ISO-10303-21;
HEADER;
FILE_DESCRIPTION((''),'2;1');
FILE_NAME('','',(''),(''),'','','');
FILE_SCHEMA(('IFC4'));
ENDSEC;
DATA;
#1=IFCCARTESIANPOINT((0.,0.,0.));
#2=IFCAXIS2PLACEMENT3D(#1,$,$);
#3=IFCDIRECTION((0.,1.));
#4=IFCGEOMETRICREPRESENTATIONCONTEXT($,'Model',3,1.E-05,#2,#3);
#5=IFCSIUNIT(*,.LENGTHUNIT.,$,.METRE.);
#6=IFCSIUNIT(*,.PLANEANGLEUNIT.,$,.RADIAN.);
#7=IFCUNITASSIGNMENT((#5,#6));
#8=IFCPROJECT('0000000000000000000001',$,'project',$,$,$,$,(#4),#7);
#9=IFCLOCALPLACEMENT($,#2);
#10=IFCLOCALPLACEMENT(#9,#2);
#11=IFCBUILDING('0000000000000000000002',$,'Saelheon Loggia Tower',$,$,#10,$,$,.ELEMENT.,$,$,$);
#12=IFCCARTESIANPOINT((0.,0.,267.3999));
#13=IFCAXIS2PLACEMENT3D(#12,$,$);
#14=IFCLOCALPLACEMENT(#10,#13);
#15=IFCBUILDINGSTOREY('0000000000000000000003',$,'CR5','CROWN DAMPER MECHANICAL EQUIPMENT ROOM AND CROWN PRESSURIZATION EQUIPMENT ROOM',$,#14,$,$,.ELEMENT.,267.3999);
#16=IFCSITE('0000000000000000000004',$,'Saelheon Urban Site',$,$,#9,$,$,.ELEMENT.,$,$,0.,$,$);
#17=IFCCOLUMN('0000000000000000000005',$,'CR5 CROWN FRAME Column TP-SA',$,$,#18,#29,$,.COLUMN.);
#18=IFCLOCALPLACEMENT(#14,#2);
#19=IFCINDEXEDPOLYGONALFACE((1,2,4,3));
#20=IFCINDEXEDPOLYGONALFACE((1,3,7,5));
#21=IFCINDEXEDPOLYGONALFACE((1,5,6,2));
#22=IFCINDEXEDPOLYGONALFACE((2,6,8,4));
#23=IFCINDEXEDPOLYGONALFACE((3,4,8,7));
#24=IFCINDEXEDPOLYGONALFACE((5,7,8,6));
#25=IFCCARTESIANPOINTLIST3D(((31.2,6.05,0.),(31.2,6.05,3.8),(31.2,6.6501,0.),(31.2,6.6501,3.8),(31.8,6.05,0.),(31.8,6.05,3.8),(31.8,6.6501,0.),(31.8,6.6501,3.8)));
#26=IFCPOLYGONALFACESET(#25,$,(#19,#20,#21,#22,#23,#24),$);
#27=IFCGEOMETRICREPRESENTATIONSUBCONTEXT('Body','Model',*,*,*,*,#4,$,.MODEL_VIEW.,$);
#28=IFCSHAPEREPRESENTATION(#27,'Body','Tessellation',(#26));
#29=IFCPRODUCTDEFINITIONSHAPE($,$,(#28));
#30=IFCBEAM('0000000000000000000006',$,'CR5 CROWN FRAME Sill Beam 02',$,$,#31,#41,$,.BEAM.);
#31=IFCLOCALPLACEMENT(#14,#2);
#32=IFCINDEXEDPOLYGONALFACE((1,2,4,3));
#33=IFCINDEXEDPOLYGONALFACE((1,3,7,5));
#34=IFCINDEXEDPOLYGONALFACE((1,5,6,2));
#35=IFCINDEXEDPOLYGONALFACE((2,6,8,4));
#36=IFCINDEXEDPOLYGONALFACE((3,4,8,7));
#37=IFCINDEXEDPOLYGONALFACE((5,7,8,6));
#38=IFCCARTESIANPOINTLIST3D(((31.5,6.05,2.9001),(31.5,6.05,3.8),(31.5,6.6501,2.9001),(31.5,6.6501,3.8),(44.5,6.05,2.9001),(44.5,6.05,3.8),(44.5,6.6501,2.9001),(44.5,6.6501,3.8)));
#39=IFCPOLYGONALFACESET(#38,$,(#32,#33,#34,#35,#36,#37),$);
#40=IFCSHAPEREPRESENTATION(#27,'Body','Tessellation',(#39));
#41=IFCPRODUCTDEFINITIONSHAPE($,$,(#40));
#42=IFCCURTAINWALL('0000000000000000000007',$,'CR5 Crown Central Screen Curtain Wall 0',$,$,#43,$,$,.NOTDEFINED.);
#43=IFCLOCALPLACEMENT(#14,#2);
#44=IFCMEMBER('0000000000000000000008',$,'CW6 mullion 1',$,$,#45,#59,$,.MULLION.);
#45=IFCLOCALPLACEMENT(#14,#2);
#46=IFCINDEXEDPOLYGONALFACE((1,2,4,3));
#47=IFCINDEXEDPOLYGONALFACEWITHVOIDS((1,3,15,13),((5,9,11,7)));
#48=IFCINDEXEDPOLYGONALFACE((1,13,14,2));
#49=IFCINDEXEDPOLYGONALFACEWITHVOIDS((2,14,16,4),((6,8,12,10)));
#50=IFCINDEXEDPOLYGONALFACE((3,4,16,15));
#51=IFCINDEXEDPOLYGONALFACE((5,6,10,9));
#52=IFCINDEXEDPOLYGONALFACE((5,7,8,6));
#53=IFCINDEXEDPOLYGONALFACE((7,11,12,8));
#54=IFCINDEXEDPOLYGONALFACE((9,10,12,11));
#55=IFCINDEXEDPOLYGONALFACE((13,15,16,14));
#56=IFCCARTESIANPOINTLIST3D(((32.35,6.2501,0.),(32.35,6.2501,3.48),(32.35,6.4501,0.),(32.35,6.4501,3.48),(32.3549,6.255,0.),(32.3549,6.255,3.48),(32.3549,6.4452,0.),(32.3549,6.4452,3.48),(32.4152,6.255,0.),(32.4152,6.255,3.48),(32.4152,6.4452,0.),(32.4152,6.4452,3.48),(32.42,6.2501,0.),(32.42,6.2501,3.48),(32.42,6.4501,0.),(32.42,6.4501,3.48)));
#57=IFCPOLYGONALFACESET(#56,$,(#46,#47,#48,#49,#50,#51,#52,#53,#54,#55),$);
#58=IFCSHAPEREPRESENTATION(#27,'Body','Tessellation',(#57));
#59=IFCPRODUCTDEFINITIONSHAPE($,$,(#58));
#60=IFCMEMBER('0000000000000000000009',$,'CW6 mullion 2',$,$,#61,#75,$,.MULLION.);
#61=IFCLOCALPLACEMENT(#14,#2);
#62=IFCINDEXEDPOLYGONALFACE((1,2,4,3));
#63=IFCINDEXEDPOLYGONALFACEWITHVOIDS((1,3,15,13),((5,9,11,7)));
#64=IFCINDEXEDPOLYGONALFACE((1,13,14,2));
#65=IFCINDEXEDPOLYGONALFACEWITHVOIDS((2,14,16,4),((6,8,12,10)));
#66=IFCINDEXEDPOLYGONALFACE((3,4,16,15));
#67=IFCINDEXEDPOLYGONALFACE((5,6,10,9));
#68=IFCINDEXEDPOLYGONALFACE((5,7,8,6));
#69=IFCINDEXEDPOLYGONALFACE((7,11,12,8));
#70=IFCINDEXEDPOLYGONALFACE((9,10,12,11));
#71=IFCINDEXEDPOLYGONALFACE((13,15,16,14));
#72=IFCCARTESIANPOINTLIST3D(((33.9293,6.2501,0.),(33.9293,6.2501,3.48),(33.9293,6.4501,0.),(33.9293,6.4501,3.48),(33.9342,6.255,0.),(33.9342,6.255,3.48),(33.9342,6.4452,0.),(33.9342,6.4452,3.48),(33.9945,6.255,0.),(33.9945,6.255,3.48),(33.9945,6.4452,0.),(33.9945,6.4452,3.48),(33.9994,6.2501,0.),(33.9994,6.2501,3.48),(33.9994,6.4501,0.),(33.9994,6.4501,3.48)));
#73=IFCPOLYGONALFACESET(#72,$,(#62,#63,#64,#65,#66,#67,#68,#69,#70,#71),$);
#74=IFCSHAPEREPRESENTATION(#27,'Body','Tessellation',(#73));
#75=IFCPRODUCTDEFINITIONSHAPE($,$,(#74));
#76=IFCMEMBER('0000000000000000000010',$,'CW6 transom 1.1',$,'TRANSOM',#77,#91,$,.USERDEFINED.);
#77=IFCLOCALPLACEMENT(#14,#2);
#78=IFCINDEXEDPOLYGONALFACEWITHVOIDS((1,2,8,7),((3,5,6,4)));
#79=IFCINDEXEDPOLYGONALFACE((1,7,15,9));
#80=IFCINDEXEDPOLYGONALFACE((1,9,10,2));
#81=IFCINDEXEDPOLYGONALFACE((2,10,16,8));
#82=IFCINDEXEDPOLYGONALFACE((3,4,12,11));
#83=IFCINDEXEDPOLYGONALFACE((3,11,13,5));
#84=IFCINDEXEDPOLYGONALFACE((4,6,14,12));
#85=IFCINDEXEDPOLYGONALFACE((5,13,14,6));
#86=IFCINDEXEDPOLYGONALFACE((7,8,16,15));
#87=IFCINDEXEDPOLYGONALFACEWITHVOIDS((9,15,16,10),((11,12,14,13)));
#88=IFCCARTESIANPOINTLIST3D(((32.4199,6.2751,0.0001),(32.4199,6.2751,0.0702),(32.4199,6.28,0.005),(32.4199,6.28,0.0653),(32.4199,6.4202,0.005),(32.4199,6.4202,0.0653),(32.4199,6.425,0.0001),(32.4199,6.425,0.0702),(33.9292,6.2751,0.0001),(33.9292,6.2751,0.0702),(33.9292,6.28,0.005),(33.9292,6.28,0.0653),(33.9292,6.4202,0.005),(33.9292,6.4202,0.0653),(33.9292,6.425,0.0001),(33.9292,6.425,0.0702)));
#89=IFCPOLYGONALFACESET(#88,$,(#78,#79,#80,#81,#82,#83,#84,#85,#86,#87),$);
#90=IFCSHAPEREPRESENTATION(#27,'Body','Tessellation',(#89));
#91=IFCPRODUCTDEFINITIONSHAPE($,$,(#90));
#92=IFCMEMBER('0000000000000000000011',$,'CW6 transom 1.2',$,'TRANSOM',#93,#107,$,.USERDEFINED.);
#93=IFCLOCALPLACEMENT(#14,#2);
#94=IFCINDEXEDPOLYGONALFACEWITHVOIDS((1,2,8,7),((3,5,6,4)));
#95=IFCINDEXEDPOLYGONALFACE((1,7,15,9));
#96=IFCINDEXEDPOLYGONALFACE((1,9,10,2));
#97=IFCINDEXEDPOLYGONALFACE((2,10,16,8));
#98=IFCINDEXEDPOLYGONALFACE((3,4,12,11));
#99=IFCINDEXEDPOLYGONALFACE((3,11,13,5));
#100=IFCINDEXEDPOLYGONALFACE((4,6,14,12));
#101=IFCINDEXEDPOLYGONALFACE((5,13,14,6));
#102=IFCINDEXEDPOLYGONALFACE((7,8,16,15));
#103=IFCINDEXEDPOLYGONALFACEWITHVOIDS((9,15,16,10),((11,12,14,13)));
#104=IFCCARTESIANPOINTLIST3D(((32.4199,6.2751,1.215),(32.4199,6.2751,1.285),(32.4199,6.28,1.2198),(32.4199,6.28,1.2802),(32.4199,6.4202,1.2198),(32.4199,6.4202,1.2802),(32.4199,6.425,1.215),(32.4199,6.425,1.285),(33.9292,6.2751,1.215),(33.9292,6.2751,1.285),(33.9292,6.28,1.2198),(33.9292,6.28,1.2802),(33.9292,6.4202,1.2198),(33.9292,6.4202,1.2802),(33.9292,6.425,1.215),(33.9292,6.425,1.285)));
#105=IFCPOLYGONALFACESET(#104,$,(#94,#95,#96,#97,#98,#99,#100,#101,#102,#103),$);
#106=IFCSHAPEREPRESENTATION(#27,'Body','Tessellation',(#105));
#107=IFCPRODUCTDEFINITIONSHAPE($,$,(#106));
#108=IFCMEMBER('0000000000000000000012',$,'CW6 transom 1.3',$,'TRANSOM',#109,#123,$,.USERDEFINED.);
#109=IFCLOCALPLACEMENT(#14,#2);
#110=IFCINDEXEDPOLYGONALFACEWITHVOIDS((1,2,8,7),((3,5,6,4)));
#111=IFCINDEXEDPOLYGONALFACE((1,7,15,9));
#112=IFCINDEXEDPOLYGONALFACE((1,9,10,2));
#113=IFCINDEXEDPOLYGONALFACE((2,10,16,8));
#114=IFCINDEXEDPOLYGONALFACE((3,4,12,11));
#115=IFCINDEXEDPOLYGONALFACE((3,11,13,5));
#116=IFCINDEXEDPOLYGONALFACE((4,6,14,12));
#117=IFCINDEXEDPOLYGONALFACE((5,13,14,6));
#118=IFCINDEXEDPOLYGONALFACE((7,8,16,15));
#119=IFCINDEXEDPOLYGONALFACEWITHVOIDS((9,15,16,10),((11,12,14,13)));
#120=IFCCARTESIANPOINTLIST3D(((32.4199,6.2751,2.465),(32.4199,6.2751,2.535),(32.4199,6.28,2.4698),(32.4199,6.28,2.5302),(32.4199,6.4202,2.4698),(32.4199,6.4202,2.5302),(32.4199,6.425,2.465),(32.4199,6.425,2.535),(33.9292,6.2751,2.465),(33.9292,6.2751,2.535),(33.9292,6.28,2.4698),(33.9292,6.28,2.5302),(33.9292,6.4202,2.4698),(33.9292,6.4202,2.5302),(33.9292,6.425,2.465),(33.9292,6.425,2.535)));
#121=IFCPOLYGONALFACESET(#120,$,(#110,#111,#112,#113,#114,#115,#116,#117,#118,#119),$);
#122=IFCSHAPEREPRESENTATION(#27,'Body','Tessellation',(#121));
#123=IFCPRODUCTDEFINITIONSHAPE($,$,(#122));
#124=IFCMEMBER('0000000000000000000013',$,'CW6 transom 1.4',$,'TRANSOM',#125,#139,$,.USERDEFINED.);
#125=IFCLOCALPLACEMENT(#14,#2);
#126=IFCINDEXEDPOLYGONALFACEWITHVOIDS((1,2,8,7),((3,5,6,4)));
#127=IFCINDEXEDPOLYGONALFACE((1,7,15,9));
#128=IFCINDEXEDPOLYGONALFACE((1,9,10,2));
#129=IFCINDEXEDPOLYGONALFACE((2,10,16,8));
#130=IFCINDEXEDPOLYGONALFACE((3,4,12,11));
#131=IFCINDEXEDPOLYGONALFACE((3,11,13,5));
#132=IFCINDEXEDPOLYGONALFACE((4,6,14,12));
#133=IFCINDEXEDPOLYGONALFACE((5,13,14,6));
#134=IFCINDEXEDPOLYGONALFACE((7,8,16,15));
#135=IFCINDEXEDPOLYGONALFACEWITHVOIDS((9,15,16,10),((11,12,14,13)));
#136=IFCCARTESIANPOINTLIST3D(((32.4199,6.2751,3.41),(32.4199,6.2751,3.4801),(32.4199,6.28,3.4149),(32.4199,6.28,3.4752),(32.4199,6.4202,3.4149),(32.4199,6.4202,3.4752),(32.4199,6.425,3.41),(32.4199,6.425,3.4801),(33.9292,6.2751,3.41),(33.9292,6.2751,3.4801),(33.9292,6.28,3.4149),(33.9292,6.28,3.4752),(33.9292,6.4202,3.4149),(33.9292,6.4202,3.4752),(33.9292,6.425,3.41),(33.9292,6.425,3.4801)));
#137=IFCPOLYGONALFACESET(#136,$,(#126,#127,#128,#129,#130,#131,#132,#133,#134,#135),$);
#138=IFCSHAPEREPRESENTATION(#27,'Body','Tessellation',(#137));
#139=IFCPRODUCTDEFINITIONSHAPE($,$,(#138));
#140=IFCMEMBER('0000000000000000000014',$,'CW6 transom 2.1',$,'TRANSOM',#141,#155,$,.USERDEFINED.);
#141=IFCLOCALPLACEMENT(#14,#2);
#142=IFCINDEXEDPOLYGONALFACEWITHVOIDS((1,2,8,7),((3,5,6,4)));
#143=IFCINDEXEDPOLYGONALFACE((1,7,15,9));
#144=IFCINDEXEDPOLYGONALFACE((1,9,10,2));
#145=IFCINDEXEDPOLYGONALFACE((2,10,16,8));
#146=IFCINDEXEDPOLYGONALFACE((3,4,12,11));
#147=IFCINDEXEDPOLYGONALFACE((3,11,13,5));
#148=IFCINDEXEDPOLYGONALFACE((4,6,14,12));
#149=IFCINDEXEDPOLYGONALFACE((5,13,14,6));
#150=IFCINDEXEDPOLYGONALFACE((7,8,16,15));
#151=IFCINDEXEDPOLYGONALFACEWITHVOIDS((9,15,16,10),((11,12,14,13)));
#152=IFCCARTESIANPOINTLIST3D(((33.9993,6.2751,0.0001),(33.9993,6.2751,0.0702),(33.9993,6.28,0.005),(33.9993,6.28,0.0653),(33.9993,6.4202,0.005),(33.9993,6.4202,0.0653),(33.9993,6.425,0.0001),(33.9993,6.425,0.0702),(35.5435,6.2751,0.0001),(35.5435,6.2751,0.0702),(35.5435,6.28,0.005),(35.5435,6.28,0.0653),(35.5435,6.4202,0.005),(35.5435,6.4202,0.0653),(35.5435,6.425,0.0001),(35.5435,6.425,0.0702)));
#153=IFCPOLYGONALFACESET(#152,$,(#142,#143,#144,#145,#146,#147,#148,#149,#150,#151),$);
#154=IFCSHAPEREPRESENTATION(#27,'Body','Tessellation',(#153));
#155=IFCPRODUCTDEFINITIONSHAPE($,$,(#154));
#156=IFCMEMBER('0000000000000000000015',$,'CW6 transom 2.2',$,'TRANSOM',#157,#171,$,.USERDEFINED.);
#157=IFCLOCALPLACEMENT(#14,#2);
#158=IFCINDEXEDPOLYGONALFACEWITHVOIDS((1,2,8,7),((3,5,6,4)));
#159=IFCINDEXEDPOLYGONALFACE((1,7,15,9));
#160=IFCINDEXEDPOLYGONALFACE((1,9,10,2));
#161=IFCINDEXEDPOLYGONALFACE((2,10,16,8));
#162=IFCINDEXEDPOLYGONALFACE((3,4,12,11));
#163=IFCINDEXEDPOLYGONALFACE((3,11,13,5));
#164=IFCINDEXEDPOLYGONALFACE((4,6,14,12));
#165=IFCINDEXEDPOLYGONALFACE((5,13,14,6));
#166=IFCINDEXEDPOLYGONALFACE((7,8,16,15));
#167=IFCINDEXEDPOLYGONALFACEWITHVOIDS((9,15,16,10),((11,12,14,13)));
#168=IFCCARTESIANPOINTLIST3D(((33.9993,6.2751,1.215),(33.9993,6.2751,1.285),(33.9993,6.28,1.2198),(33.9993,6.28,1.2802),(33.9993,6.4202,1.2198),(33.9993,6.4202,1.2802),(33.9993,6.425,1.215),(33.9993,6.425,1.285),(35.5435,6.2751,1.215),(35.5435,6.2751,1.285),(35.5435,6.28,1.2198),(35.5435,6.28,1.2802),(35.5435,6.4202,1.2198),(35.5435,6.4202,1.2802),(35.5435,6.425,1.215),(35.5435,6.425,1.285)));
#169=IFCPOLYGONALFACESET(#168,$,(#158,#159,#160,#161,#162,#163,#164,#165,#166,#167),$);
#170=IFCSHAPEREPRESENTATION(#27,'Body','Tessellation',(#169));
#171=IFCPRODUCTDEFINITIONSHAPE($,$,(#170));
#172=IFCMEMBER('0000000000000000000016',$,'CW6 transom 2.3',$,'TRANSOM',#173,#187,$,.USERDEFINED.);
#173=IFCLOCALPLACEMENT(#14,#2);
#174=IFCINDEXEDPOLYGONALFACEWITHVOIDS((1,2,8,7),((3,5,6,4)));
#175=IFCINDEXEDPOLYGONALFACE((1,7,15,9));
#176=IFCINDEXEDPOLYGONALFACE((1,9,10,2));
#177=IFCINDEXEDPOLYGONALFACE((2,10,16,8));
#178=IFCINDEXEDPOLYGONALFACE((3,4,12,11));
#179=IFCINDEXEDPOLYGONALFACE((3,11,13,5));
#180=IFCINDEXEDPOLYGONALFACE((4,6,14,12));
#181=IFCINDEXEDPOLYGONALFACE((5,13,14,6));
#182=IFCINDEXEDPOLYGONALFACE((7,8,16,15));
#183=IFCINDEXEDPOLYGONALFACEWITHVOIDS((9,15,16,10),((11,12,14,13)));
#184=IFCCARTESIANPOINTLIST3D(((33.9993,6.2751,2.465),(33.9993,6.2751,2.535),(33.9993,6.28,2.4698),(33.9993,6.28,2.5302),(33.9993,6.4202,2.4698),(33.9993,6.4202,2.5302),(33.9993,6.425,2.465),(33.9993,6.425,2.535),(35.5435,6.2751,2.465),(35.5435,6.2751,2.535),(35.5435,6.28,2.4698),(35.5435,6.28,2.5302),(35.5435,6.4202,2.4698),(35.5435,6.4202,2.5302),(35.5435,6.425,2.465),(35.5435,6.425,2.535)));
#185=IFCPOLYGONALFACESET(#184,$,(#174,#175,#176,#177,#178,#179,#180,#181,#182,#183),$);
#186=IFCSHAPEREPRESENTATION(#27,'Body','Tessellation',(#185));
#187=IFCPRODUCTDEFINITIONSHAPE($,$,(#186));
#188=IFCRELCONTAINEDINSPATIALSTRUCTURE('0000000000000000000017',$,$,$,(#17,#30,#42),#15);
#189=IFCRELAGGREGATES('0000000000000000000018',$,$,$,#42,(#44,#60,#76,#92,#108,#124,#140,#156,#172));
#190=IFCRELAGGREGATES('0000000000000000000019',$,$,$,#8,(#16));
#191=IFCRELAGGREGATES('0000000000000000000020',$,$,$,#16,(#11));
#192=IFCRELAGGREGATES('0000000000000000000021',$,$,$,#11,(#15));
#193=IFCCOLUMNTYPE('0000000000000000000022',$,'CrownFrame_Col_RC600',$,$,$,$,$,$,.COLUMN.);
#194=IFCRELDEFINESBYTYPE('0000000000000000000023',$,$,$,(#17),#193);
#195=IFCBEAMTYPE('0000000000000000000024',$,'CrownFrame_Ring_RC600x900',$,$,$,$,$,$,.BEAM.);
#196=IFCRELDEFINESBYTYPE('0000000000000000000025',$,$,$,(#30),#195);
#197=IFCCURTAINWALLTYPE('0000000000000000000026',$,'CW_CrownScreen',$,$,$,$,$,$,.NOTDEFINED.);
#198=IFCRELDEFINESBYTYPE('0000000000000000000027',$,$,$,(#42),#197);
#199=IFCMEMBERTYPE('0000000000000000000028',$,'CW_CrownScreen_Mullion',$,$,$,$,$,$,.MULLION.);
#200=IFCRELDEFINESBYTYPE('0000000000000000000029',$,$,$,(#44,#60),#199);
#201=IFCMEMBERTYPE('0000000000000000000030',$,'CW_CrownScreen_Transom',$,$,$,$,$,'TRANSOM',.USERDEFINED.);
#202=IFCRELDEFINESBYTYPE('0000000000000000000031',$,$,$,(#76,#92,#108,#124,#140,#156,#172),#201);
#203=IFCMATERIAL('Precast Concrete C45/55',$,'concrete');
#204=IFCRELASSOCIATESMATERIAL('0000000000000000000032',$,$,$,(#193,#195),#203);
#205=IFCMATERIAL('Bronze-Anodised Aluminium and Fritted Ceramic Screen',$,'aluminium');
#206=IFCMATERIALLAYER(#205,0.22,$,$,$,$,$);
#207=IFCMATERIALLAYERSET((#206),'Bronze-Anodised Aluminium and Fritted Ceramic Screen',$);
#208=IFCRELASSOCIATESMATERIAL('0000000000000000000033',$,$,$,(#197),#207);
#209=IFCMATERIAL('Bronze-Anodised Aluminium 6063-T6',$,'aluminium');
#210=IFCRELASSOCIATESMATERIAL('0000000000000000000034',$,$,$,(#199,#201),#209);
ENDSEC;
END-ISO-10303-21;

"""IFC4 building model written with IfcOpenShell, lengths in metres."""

from ifc_helpers import new_model, si_unit, direction, frame, origin, origin_2d, place, context, subcontext, project, spatial, rectangle, hollow_rectangle, extrude, source, transform, mapped, material, layer, layer_set, material_profile, profile_set, type_object, element, aggregate, save


model = new_model("IFC4")

# Units and contexts
model_context = context("Model", 3, precision=1e-05, world=origin(), true_north=direction((0.0, 1.0)))
body_context = subcontext(model_context, "Body", "Model", "MODEL_VIEW")
ifc_project = project(units=[si_unit("LENGTHUNIT", "METRE"), si_unit("PLANEANGLEUNIT", "RADIAN")], contexts=[model_context])

# Site, building, storey
site_placement = place(None, origin())
site = spatial("IfcSite", under=ifc_project, at=site_placement, Name="Saelheon Urban Site", CompositionType="ELEMENT", RefElevation=0.0)
building_placement = place(site_placement, origin())
building = spatial("IfcBuilding", under=site, at=building_placement, Name="Saelheon Loggia Tower", CompositionType="ELEMENT")
storey_placement = place(building_placement, frame((0.0, 0.0, 267.3999)))
storey = spatial("IfcBuildingStorey", under=building, at=storey_placement, Name="CR5", Description="CROWN DAMPER MECHANICAL EQUIPMENT ROOM AND CROWN PRESSURIZATION EQUIPMENT ROOM", CompositionType="ELEMENT", Elevation=267.3999)

# Column
ifc_material_1 = material(Name="Precast Concrete C45/55", Category="concrete")
ifc_material_profile_1 = material_profile(ifc_material_1, rectangle(XDim=0.6001, YDim=0.6001, at=origin_2d()), Name="RC-600x600")
ifc_profile_set_1 = profile_set([ifc_material_profile_1], Name="Precast Concrete C45/55")
column_type = type_object("IfcColumnType", Name="CrownFrame_Col_RC600", PredefinedType="COLUMN", material=ifc_profile_set_1)
shared_shape_1 = source(origin(), body_context, "Body", "SweptSolid", [
    extrude(rectangle(XDim=0.6001, YDim=0.6001, at=origin_2d()), origin(), (0.0, 0.0, 1.0), 3.8),
])
column_placement = place(storey_placement, frame((31.5, 6.3501, 0.0), z_axis=(0.0, 0.0, 1.0), x_axis=(1.0, 0.0, 0.0)))
element("IfcColumn", 1, at=column_placement, inside=storey, type_object=column_type, Name="CR5 CROWN FRAME Column TP-SA", PredefinedType="COLUMN", context=body_context, shape_type="MappedRepresentation", body=[
    mapped(shared_shape_1, transform((0.0, 0.0, 0.0), scale=1.0)),
])

# Beam
ifc_material_profile_2 = material_profile(ifc_material_1, rectangle(XDim=0.6001, YDim=0.8999, at=origin_2d()), Name="RC-600x900")
ifc_profile_set_2 = profile_set([ifc_material_profile_2], Name="Precast Concrete C45/55")
beam_type = type_object("IfcBeamType", Name="CrownFrame_Ring_RC600x900", PredefinedType="BEAM", material=ifc_profile_set_2)
shared_shape_2 = source(origin(), body_context, "Body", "SweptSolid", [
    extrude(rectangle(XDim=0.6001, YDim=0.8999, at=origin_2d()), origin(), (0.0, 0.0, 1.0), 13.0),
])
beam_placement = place(storey_placement, frame((31.5, 6.3501, 3.3501), z_axis=(1.0, 0.0, 0.0), x_axis=(0.0, 1.0, 0.0)))
element("IfcBeam", 2, at=beam_placement, inside=storey, type_object=beam_type, Name="CR5 CROWN FRAME Sill Beam 02", PredefinedType="BEAM", context=body_context, shape_type="MappedRepresentation", body=[
    mapped(shared_shape_2, transform((0.0, 0.0, 0.0), scale=1.0)),
])

# Curtain wall, members
ifc_material_2 = material(Name="Bronze-Anodised Aluminium and Fritted Ceramic Screen", Category="aluminium")
ifc_layer_1 = layer(ifc_material_2, 0.22)
ifc_layer_set_1 = layer_set([ifc_layer_1], Name="Bronze-Anodised Aluminium and Fritted Ceramic Screen")
curtain_wall_type = type_object("IfcCurtainWallType", Name="CW_CrownScreen", PredefinedType="NOTDEFINED", material=ifc_layer_set_1)
curtain_wall_placement = place(storey_placement, origin())
curtain_wall = element("IfcCurtainWall", 3, at=curtain_wall_placement, inside=storey, type_object=curtain_wall_type, Name="CR5 Crown Central Screen Curtain Wall 0", PredefinedType="NOTDEFINED")
ifc_material_3 = material(Name="Bronze-Anodised Aluminium 6063-T6", Category="aluminium")
ifc_material_profile_3 = material_profile(ifc_material_3, hollow_rectangle(XDim=0.0701, YDim=0.2, WallThickness=0.0049, at=origin_2d()), Name="RHS-200x70x5")
ifc_profile_set_3 = profile_set([ifc_material_profile_3], Name="Bronze-Anodised Aluminium 6063-T6")
member_type_1 = type_object("IfcMemberType", Name="CW_CrownScreen_Mullion", PredefinedType="MULLION", material=ifc_profile_set_3)
shared_shape_3 = source(origin(), body_context, "Body", "SweptSolid", [
    extrude(hollow_rectangle(XDim=0.0701, YDim=0.2, WallThickness=0.0049, at=origin_2d()), origin(), (0.0, 0.0, 1.0), 3.48),
])
member_1_placement = place(storey_placement, frame((32.385, 6.3501, 0.0), z_axis=(0.0, 0.0, 1.0), x_axis=(1.0, 0.0, 0.0)))
member_1 = element("IfcMember", 4, at=member_1_placement, type_object=member_type_1, Name="CW6 mullion 1", PredefinedType="MULLION", context=body_context, shape_type="MappedRepresentation", body=[
    mapped(shared_shape_3, transform((0.0, 0.0, 0.0), scale=1.0)),
])
member_2_placement = place(storey_placement, frame((33.9644, 6.3501, 0.0), z_axis=(0.0, 0.0, 1.0), x_axis=(1.0, 0.0, 0.0)))
member_2 = element("IfcMember", 5, at=member_2_placement, type_object=member_type_1, Name="CW6 mullion 2", PredefinedType="MULLION", context=body_context, shape_type="MappedRepresentation", body=[
    mapped(shared_shape_3, transform((0.0, 0.0, 0.0), scale=1.0)),
])
ifc_material_profile_4 = material_profile(ifc_material_3, hollow_rectangle(XDim=0.0701, YDim=0.1499, WallThickness=0.0049, at=origin_2d()), Name="RHS-150x70x5")
ifc_profile_set_4 = profile_set([ifc_material_profile_4], Name="Bronze-Anodised Aluminium 6063-T6")
member_type_2 = type_object("IfcMemberType", Name="CW_CrownScreen_Transom", ElementType="TRANSOM", PredefinedType="USERDEFINED", material=ifc_profile_set_4)
shared_shape_4 = source(origin(), body_context, "Body", "SweptSolid", [
    extrude(hollow_rectangle(XDim=0.0701, YDim=0.1499, WallThickness=0.0049, at=origin_2d()), origin(), (0.0, 0.0, 1.0), 1.5093),
])
member_3_placement = place(storey_placement, frame((32.4199, 6.3501, 0.0352), z_axis=(1.0, 0.0, 0.0), x_axis=(0.0, 0.0, 1.0)))
member_3 = element("IfcMember", 6, at=member_3_placement, type_object=member_type_2, Name="CW6 transom 1.1", ObjectType="TRANSOM", PredefinedType="USERDEFINED", context=body_context, shape_type="MappedRepresentation", body=[
    mapped(shared_shape_4, transform((0.0, 0.0, 0.0), scale=1.0)),
])
member_4_placement = place(storey_placement, frame((32.4199, 6.3501, 1.25), z_axis=(1.0, 0.0, 0.0), x_axis=(0.0, 0.0, 1.0)))
member_4 = element("IfcMember", 7, at=member_4_placement, type_object=member_type_2, Name="CW6 transom 1.2", ObjectType="TRANSOM", PredefinedType="USERDEFINED", context=body_context, shape_type="MappedRepresentation", body=[
    mapped(shared_shape_4, transform((0.0, 0.0, 0.0), scale=1.0)),
])
member_5_placement = place(storey_placement, frame((32.4199, 6.3501, 2.5), z_axis=(1.0, 0.0, 0.0), x_axis=(0.0, 0.0, 1.0)))
member_5 = element("IfcMember", 8, at=member_5_placement, type_object=member_type_2, Name="CW6 transom 1.3", ObjectType="TRANSOM", PredefinedType="USERDEFINED", context=body_context, shape_type="MappedRepresentation", body=[
    mapped(shared_shape_4, transform((0.0, 0.0, 0.0), scale=1.0)),
])
member_6_placement = place(storey_placement, frame((32.4199, 6.3501, 3.4451), z_axis=(1.0, 0.0, 0.0), x_axis=(0.0, 0.0, 1.0)))
member_6 = element("IfcMember", 9, at=member_6_placement, type_object=member_type_2, Name="CW6 transom 1.4", ObjectType="TRANSOM", PredefinedType="USERDEFINED", context=body_context, shape_type="MappedRepresentation", body=[
    mapped(shared_shape_4, transform((0.0, 0.0, 0.0), scale=1.0)),
])
shared_shape_5 = source(origin(), body_context, "Body", "SweptSolid", [
    extrude(hollow_rectangle(XDim=0.0701, YDim=0.1499, WallThickness=0.0049, at=origin_2d()), origin(), (0.0, 0.0, 1.0), 1.5442),
])
member_7_placement = place(storey_placement, frame((33.9993, 6.3501, 0.0352), z_axis=(1.0, 0.0, 0.0), x_axis=(0.0, 0.0, 1.0)))
member_7 = element("IfcMember", 10, at=member_7_placement, type_object=member_type_2, Name="CW6 transom 2.1", ObjectType="TRANSOM", PredefinedType="USERDEFINED", context=body_context, shape_type="MappedRepresentation", body=[
    mapped(shared_shape_5, transform((0.0, 0.0, 0.0), scale=1.0)),
])
member_8_placement = place(storey_placement, frame((33.9993, 6.3501, 1.25), z_axis=(1.0, 0.0, 0.0), x_axis=(0.0, 0.0, 1.0)))
member_8 = element("IfcMember", 11, at=member_8_placement, type_object=member_type_2, Name="CW6 transom 2.2", ObjectType="TRANSOM", PredefinedType="USERDEFINED", context=body_context, shape_type="MappedRepresentation", body=[
    mapped(shared_shape_5, transform((0.0, 0.0, 0.0), scale=1.0)),
])
member_9_placement = place(storey_placement, frame((33.9993, 6.3501, 2.5), z_axis=(1.0, 0.0, 0.0), x_axis=(0.0, 0.0, 1.0)))
member_9 = element("IfcMember", 12, at=member_9_placement, type_object=member_type_2, Name="CW6 transom 2.3", ObjectType="TRANSOM", PredefinedType="USERDEFINED", context=body_context, shape_type="MappedRepresentation", body=[
    mapped(shared_shape_5, transform((0.0, 0.0, 0.0), scale=1.0)),
])
aggregate(curtain_wall, [member_1, member_2, member_3, member_4, member_5, member_6, member_7, member_8, member_9])

save(model, "model.ifc")
